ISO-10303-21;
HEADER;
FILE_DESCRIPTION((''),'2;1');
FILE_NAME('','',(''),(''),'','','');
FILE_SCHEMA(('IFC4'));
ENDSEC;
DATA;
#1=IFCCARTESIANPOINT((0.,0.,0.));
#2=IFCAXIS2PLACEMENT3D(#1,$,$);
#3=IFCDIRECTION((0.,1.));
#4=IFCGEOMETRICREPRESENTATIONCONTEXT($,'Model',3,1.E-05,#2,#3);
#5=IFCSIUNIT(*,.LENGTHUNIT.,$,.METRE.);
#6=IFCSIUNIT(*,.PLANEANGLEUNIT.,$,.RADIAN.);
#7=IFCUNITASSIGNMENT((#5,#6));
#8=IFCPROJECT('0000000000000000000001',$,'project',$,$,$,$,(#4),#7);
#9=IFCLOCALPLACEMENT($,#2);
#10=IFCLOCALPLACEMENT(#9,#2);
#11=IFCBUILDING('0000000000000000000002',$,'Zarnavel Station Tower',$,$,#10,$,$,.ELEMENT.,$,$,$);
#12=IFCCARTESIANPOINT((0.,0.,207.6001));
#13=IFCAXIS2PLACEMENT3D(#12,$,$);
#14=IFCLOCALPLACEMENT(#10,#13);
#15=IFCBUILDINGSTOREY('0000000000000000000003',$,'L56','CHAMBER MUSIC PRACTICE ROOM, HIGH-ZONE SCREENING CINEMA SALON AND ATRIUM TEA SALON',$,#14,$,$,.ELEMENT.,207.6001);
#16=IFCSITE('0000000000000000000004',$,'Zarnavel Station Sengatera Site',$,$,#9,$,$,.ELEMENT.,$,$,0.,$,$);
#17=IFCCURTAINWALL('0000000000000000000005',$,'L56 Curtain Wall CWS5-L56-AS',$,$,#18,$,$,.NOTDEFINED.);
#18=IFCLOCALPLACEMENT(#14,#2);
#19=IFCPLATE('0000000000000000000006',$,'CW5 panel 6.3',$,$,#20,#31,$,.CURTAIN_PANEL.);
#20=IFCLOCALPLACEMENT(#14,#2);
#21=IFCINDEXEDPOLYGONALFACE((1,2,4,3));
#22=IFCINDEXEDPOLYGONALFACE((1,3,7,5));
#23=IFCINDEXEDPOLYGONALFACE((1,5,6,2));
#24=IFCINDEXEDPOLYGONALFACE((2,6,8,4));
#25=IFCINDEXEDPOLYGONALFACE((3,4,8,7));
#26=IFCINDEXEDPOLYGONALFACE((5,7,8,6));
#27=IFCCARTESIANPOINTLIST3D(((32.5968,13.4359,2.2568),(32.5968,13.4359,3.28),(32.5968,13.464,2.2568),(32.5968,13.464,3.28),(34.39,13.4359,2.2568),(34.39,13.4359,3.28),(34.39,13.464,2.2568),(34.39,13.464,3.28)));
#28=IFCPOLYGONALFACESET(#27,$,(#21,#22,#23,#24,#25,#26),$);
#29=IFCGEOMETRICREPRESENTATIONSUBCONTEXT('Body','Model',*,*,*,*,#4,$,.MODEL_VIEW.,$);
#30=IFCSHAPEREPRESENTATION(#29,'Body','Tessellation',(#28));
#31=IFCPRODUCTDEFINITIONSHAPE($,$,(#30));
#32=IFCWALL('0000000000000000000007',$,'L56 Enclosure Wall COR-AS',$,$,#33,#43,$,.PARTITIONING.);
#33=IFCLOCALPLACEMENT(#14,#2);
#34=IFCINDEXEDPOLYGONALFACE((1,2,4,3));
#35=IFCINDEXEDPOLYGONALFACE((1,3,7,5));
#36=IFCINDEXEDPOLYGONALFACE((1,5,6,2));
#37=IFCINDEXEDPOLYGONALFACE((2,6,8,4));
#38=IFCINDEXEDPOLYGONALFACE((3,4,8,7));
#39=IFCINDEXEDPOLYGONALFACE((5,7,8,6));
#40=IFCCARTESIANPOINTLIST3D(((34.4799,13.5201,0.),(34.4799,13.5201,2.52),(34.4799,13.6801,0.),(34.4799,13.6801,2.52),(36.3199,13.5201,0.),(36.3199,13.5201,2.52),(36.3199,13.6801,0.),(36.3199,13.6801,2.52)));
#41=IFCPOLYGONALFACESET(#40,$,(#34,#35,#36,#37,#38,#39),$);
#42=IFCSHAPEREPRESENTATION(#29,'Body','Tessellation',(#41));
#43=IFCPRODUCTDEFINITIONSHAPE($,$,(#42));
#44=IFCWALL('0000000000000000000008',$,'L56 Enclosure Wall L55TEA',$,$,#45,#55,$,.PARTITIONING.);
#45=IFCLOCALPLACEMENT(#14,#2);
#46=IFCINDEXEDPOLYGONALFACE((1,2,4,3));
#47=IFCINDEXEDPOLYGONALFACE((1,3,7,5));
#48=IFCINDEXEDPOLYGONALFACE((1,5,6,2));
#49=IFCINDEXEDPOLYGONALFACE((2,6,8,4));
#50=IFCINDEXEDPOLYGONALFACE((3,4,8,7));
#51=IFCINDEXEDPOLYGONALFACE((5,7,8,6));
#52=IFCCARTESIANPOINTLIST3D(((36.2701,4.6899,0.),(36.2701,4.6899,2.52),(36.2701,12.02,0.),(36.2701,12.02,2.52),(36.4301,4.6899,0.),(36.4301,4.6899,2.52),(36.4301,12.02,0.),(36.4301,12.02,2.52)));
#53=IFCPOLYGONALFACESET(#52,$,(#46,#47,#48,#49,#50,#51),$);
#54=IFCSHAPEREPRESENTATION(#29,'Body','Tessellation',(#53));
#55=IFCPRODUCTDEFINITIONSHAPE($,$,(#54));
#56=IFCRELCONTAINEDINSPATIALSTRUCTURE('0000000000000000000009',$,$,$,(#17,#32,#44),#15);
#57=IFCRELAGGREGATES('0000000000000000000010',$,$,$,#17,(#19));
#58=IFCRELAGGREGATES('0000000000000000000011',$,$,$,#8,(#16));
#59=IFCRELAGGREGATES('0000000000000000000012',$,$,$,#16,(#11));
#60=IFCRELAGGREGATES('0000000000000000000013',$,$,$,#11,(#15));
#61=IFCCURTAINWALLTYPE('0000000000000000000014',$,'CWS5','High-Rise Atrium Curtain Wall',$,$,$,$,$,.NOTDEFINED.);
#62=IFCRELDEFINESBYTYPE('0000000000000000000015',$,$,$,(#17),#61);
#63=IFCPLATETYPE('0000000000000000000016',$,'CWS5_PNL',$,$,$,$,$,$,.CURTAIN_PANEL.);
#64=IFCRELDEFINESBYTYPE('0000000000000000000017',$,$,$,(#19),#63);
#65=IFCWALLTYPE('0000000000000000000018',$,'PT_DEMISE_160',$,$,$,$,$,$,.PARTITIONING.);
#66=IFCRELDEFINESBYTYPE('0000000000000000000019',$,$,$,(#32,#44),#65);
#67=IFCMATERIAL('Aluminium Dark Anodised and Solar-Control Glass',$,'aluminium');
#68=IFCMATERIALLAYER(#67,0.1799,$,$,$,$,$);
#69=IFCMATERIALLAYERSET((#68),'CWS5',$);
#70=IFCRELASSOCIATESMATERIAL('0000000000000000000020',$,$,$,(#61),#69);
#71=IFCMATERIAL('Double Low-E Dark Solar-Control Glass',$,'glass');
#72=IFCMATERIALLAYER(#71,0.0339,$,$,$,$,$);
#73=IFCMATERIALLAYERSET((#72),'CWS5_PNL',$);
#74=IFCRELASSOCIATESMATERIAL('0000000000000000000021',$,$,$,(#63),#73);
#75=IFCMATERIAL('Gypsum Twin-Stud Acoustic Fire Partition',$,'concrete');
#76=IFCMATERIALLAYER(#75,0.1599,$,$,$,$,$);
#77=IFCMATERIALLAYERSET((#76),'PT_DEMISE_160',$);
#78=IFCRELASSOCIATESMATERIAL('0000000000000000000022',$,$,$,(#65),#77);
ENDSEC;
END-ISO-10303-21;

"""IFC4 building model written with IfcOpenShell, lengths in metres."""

from ifc_helpers import new_model, si_unit, direction, frame, frame_2d, origin, origin_2d, place, context, subcontext, project, spatial, rectangle, extrude, material, layer, layer_set, type_object, element, aggregate, save


model = new_model("IFC4")

# Units and contexts
model_context = context("Model", 3, precision=1e-05, world=origin(), true_north=direction((0.0, 1.0)))
body_context = subcontext(model_context, "Body", "Model", "MODEL_VIEW")
ifc_project = project(units=[si_unit("LENGTHUNIT", "METRE"), si_unit("PLANEANGLEUNIT", "RADIAN")], contexts=[model_context])

# Site, building, storey
site_placement = place(None, origin())
site = spatial("IfcSite", under=ifc_project, at=site_placement, Name="Zarnavel Station Sengatera Site", CompositionType="ELEMENT", RefElevation=0.0)
building_placement = place(site_placement, origin())
building = spatial("IfcBuilding", under=site, at=building_placement, Name="Zarnavel Station Tower", CompositionType="ELEMENT")
storey_placement = place(building_placement, frame((0.0, 0.0, 207.6001)))
storey = spatial("IfcBuildingStorey", under=building, at=storey_placement, Name="L56", Description="CHAMBER MUSIC PRACTICE ROOM, HIGH-ZONE SCREENING CINEMA SALON AND ATRIUM TEA SALON", CompositionType="ELEMENT", Elevation=207.6001)

# Curtain wall
ifc_material_1 = material(Name="Aluminium Dark Anodised and Solar-Control Glass", Category="aluminium")
ifc_layer_1 = layer(ifc_material_1, 0.1799)
ifc_layer_set_1 = layer_set([ifc_layer_1], Name="CWS5")
curtain_wall_type = type_object("IfcCurtainWallType", Name="CWS5", Description="High-Rise Atrium Curtain Wall", PredefinedType="NOTDEFINED", material=ifc_layer_set_1)
curtain_wall_placement = place(storey_placement, origin())
curtain_wall = element("IfcCurtainWall", 1, at=curtain_wall_placement, inside=storey, type_object=curtain_wall_type, Name="L56 Curtain Wall CWS5-L56-AS", PredefinedType="NOTDEFINED")

# Plate
ifc_material_2 = material(Name="Double Low-E Dark Solar-Control Glass", Category="glass")
ifc_layer_2 = layer(ifc_material_2, 0.0339)
ifc_layer_set_2 = layer_set([ifc_layer_2], Name="CWS5_PNL")
plate_type = type_object("IfcPlateType", Name="CWS5_PNL", PredefinedType="CURTAIN_PANEL", material=ifc_layer_set_2)
plate_1_placement = place(storey_placement, frame((33.4934, 13.45, 2.2568), z_axis=(0.0, 0.0, 1.0), x_axis=(1.0, 0.0, 0.0)))
plate_1 = element("IfcPlate", 2, at=plate_1_placement, type_object=plate_type, Name="CW5 panel 6.3", PredefinedType="CURTAIN_PANEL", context=body_context, shape_type="SweptSolid", body=[
    extrude(rectangle(XDim=1.7932, YDim=0.0281, at=origin_2d()), origin(), (0.0, 0.0, 1.0), 1.0232),
])
aggregate(curtain_wall, [plate_1])

# Walls
ifc_material_3 = material(Name="Gypsum Twin-Stud Acoustic Fire Partition", Category="concrete")
ifc_layer_3 = layer(ifc_material_3, 0.1599)
ifc_layer_set_3 = layer_set([ifc_layer_3], Name="PT_DEMISE_160")
wall_type = type_object("IfcWallType", Name="PT_DEMISE_160", PredefinedType="PARTITIONING", material=ifc_layer_set_3)
wall_1_placement = place(storey_placement, frame((34.48, 13.6001, 0.0), z_axis=(0.0, 0.0, 1.0), x_axis=(1.0, 0.0, 0.0)))
element("IfcWall", 3, at=wall_1_placement, inside=storey, type_object=wall_type, Name="L56 Enclosure Wall COR-AS", PredefinedType="PARTITIONING", context=body_context, shape_type="SweptSolid", body=[
    extrude(rectangle(XDim=1.8401, YDim=0.1599, at=frame_2d((0.9199, 0.0))), origin(), (0.0, 0.0, 1.0), 2.52),
])
wall_2_placement = place(storey_placement, frame((36.3501, 4.6899, 0.0), z_axis=(0.0, 0.0, 1.0), x_axis=(0.0, 1.0, 0.0)))
element("IfcWall", 4, at=wall_2_placement, inside=storey, type_object=wall_type, Name="L56 Enclosure Wall L55TEA", PredefinedType="PARTITIONING", context=body_context, shape_type="SweptSolid", body=[
    extrude(rectangle(XDim=7.3301, YDim=0.1599, at=frame_2d((3.665, 0.0))), origin(), (0.0, 0.0, 1.0), 2.52),
])

save(model, "model.ifc")
